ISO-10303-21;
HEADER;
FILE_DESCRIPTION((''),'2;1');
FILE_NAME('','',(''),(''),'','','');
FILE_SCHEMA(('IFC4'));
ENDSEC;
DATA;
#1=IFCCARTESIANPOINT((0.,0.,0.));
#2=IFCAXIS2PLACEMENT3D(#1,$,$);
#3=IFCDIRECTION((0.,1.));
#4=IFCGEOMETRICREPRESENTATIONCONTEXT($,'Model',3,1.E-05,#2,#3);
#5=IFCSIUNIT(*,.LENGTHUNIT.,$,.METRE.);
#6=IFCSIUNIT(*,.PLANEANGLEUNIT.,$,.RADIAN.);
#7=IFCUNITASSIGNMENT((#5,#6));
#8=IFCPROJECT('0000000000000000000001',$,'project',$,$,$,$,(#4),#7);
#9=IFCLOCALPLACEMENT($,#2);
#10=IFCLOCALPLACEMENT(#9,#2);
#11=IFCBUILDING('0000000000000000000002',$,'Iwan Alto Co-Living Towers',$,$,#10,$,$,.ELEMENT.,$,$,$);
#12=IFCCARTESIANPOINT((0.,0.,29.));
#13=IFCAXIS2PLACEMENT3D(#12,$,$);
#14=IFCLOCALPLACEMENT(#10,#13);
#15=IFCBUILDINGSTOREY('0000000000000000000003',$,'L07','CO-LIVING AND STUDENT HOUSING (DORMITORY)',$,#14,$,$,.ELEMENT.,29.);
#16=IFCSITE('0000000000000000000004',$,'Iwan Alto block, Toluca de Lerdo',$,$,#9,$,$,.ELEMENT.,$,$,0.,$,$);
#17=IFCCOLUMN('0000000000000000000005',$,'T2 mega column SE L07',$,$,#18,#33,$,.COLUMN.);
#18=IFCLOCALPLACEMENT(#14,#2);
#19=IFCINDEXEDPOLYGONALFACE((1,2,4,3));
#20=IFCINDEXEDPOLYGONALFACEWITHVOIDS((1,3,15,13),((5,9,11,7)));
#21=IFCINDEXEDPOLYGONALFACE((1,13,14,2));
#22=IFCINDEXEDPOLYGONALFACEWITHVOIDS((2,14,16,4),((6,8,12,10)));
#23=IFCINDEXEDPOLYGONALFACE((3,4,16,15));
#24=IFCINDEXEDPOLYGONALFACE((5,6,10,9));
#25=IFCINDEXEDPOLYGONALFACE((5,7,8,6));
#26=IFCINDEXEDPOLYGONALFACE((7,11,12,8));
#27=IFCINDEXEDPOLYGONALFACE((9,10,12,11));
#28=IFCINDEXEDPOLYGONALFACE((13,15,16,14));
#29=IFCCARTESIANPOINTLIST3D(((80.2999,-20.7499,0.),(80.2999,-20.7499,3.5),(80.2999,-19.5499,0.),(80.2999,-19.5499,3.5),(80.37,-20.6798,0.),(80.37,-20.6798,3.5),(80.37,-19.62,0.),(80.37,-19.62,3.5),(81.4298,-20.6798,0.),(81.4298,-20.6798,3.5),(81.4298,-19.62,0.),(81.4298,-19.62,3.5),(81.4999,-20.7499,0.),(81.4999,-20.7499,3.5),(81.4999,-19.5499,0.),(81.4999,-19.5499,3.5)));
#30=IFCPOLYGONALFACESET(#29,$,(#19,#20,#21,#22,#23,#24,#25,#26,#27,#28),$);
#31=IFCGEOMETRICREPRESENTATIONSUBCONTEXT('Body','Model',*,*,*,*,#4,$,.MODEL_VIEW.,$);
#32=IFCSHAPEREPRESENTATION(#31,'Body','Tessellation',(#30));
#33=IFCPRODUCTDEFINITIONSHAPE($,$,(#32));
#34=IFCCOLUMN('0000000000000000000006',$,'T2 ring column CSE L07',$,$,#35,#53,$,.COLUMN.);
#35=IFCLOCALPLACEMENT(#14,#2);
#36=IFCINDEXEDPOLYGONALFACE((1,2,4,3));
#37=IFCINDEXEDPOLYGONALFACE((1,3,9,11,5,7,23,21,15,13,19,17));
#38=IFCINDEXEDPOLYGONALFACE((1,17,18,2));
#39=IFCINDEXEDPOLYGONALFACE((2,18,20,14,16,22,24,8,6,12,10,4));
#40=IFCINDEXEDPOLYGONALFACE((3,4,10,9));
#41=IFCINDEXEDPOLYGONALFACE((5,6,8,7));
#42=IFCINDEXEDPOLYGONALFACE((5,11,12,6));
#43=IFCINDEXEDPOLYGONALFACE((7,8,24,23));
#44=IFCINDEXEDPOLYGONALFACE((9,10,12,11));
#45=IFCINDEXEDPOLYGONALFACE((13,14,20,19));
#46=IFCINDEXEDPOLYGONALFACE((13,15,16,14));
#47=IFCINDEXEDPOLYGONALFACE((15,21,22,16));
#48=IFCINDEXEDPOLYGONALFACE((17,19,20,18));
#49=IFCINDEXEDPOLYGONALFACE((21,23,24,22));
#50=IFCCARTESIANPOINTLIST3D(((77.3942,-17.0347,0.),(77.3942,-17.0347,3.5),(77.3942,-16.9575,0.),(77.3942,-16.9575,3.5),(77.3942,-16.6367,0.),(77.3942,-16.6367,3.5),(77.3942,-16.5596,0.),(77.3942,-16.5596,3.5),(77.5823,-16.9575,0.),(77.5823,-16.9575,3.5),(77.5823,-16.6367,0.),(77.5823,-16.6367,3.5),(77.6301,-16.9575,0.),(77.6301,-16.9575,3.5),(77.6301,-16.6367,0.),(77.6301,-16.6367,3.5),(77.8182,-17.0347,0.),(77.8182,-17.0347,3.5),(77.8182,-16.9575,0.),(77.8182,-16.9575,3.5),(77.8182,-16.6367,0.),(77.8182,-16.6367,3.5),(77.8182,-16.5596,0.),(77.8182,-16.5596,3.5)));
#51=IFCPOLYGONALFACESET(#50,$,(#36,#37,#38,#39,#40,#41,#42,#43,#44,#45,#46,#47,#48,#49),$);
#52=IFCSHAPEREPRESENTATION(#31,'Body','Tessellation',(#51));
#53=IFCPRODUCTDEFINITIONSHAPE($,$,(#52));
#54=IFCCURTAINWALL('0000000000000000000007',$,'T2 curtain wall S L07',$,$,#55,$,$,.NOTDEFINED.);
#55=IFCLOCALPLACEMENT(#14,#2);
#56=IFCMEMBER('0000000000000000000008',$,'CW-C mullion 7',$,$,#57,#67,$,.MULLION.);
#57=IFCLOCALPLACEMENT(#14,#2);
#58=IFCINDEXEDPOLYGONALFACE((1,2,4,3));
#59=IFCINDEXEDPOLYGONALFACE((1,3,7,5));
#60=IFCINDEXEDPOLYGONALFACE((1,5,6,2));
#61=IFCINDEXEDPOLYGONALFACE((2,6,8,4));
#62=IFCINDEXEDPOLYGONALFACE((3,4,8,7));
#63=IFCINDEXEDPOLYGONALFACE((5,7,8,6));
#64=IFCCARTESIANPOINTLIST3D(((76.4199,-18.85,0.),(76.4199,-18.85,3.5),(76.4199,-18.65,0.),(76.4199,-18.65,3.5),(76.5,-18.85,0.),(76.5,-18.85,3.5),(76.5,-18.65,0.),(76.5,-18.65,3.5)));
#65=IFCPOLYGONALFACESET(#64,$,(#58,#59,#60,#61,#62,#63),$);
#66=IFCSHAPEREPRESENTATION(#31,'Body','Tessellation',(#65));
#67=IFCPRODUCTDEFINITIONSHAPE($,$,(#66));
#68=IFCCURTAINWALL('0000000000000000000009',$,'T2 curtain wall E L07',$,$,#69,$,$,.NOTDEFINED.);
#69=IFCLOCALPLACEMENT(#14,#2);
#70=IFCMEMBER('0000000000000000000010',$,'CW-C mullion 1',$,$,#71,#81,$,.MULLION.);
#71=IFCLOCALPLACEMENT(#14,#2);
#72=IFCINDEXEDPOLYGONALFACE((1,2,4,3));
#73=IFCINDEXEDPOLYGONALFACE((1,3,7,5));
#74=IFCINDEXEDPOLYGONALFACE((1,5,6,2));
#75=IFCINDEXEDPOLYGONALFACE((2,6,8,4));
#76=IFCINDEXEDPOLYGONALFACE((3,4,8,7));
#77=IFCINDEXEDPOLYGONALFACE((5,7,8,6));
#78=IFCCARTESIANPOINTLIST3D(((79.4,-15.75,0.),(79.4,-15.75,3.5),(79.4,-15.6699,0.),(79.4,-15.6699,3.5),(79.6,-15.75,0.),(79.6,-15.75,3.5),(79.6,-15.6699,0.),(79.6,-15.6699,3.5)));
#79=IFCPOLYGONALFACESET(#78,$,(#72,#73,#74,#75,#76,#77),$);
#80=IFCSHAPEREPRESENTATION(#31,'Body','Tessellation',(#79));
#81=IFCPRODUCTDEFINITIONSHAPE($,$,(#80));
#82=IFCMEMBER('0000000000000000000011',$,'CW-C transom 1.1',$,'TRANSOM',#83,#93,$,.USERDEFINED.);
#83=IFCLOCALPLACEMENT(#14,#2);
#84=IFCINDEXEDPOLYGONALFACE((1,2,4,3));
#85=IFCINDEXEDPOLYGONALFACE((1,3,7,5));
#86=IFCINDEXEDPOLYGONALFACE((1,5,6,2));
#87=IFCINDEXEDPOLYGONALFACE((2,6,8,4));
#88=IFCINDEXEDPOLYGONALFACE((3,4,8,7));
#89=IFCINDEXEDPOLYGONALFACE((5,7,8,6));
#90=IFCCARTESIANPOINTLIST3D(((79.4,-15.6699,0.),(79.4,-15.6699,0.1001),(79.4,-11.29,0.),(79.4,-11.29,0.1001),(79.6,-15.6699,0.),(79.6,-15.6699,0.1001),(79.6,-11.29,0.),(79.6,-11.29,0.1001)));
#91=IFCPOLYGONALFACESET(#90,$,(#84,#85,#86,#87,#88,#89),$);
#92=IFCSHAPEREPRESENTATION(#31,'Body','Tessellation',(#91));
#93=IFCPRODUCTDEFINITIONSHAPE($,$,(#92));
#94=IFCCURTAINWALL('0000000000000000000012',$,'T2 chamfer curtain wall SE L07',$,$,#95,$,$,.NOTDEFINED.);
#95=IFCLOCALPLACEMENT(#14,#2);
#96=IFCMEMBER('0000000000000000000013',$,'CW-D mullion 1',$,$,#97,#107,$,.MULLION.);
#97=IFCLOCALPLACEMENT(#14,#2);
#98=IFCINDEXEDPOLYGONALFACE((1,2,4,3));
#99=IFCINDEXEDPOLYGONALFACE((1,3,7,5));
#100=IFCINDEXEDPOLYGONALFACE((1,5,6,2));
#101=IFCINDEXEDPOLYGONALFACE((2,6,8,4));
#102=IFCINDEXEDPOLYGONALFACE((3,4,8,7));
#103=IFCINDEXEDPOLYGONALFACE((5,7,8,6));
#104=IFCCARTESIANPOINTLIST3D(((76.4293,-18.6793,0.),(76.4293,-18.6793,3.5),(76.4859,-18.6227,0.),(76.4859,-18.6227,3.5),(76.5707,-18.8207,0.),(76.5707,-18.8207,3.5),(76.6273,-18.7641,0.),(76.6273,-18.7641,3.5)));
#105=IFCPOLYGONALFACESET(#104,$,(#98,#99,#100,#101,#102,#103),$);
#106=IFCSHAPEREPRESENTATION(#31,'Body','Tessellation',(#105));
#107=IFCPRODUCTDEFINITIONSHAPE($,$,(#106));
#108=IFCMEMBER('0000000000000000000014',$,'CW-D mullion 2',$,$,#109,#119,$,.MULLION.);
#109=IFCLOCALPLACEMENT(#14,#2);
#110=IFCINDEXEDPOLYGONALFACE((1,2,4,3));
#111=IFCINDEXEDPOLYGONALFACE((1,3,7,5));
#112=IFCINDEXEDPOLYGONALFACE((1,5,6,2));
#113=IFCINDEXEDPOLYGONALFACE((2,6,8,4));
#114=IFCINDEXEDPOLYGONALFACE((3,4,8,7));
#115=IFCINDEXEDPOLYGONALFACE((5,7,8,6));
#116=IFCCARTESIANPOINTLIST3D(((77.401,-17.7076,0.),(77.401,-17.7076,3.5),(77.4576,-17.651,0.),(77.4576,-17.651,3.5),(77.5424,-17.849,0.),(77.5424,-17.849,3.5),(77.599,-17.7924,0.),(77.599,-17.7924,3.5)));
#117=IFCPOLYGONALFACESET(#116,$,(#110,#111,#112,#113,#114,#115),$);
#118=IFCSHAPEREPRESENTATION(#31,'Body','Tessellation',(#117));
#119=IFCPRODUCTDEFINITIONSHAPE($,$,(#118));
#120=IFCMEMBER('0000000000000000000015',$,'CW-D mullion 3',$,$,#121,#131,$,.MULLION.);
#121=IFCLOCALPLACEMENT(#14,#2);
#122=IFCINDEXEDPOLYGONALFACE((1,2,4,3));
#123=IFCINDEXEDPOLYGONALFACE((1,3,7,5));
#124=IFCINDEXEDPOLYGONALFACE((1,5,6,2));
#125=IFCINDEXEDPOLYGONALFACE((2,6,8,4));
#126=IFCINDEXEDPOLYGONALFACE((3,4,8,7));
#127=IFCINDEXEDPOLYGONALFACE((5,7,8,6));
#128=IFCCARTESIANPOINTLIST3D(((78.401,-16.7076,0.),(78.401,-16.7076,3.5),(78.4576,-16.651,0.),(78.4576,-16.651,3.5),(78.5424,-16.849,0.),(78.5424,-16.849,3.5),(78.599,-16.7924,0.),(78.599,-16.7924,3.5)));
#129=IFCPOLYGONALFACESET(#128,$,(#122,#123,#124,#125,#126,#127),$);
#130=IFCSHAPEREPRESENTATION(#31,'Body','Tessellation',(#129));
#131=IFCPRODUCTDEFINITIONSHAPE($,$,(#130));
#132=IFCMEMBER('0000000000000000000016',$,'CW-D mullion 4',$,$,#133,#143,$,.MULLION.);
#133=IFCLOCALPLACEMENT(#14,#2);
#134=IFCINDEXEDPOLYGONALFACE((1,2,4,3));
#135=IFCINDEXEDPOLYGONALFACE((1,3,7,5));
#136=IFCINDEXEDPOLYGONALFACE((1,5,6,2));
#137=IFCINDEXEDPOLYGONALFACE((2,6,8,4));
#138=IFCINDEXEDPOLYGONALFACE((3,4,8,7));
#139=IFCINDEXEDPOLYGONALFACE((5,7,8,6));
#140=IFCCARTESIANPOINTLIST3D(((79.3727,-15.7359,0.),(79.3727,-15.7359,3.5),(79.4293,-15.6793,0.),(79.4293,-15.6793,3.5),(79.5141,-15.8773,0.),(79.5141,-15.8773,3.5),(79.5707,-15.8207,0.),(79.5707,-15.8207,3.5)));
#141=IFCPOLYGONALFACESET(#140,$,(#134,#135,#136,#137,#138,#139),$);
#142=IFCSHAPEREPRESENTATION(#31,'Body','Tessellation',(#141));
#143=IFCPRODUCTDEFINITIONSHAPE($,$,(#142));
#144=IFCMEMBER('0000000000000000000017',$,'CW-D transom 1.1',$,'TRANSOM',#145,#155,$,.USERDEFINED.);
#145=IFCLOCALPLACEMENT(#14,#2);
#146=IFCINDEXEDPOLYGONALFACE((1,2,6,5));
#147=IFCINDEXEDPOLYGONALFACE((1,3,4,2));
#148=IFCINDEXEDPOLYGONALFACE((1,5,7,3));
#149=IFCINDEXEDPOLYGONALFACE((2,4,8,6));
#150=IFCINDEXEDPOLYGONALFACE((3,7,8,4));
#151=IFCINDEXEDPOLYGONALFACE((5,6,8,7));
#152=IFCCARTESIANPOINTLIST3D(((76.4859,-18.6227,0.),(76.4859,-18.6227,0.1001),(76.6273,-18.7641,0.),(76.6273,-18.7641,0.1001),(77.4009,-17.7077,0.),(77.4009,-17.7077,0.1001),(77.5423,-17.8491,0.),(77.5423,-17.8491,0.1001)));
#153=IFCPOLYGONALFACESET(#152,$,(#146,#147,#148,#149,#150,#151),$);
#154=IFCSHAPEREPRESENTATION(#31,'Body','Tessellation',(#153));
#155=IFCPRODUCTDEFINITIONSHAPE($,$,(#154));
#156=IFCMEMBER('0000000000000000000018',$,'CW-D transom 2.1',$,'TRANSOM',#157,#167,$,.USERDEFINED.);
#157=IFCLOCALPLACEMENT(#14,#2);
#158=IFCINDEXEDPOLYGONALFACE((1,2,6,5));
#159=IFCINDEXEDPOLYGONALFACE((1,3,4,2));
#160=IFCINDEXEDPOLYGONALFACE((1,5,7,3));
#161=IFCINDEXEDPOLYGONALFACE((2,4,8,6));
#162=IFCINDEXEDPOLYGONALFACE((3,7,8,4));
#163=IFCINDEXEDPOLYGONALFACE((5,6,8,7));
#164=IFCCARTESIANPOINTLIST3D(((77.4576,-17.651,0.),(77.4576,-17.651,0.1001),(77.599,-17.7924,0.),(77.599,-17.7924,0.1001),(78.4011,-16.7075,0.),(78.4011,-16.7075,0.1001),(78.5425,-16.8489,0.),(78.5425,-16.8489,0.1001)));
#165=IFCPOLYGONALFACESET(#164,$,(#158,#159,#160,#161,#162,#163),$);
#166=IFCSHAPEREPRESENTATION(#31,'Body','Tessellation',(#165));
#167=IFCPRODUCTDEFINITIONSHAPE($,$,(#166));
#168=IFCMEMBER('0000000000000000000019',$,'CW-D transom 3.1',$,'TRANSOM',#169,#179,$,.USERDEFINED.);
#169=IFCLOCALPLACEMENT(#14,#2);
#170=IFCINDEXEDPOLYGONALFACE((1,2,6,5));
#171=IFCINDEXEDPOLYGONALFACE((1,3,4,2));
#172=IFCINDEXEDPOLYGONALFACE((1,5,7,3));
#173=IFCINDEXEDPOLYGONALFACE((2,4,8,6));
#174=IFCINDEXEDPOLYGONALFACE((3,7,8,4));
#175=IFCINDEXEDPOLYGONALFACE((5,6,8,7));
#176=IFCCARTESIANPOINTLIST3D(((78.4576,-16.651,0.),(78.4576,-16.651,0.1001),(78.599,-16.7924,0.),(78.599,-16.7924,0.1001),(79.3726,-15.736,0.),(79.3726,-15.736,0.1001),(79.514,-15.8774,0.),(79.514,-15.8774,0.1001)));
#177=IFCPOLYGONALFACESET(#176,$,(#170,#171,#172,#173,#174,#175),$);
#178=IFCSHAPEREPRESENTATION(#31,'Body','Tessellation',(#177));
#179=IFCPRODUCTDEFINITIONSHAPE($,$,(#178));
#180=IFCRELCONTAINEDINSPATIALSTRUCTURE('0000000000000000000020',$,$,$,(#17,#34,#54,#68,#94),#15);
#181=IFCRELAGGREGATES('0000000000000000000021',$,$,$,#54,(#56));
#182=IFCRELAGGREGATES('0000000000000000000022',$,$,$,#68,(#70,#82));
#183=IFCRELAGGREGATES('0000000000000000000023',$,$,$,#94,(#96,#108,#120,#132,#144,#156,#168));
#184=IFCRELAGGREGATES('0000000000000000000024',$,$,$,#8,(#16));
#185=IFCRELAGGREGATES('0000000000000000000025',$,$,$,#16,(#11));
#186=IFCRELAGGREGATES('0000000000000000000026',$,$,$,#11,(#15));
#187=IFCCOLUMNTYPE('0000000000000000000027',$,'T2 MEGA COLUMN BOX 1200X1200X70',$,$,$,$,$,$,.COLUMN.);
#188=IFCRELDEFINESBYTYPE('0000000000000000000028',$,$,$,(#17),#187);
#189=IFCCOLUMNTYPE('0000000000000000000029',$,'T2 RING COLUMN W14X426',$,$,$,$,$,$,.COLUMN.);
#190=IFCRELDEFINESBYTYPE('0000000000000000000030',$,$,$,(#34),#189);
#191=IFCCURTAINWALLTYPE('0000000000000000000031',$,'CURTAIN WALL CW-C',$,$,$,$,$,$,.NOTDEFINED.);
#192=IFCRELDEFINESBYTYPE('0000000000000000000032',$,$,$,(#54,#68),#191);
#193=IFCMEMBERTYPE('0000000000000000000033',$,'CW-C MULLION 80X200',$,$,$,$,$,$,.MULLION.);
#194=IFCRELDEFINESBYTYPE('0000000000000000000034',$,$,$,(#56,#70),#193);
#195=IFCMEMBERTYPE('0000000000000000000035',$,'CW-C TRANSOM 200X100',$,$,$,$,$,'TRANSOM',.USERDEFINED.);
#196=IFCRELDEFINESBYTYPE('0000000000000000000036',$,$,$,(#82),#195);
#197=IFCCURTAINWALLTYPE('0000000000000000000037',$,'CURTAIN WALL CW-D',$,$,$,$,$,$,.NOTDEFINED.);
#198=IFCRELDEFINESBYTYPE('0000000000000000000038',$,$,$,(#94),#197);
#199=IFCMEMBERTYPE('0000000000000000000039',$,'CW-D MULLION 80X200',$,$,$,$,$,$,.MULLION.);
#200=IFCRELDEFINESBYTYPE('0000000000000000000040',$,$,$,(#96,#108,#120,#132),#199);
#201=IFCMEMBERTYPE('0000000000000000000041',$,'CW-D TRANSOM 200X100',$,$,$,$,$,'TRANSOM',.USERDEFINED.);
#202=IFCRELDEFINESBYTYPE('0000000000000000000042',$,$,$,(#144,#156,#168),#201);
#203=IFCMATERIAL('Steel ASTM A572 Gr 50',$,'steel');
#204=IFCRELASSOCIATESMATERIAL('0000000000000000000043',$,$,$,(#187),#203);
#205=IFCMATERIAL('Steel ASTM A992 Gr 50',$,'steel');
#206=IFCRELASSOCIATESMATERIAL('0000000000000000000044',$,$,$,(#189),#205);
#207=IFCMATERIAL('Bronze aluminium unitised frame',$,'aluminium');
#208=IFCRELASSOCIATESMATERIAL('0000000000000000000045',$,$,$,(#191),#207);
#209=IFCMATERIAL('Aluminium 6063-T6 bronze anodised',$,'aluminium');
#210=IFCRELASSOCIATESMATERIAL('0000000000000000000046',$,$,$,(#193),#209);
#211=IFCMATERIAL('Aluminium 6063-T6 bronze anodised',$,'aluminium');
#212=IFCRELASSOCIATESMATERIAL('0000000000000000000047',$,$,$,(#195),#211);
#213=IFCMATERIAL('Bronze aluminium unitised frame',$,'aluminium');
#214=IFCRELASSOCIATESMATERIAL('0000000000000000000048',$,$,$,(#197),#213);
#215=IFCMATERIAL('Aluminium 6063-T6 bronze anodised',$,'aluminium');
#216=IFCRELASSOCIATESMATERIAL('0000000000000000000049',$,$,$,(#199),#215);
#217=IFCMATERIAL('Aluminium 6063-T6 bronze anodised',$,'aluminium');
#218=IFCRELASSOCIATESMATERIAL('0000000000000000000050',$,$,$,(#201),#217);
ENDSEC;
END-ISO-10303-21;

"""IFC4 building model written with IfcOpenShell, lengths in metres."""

from ifc_helpers import new_model, si_unit, direction, frame, origin, origin_2d, place, context, subcontext, project, spatial, rectangle, hollow_rectangle, i_section, extrude, material, material_profile, profile_set, type_object, element, aggregate, save


model = new_model("IFC4")

# Units and contexts
model_context = context("Model", 3, precision=1e-05, world=origin(), true_north=direction((0.0, 1.0)))
body_context = subcontext(model_context, "Body", "Model", "MODEL_VIEW")
ifc_project = project(units=[si_unit("LENGTHUNIT", "METRE"), si_unit("PLANEANGLEUNIT", "RADIAN")], contexts=[model_context])

# Site, building, storey
site_placement = place(None, origin())
site = spatial("IfcSite", under=ifc_project, at=site_placement, Name="Iwan Alto block, Toluca de Lerdo", CompositionType="ELEMENT", RefElevation=0.0)
building_placement = place(site_placement, origin())
building = spatial("IfcBuilding", under=site, at=building_placement, Name="Iwan Alto Co-Living Towers", CompositionType="ELEMENT")
storey_placement = place(building_placement, frame((0.0, 0.0, 29.0)))
storey = spatial("IfcBuildingStorey", under=building, at=storey_placement, Name="L07", Description="CO-LIVING AND STUDENT HOUSING (DORMITORY)", CompositionType="ELEMENT", Elevation=29.0)

# Columns
ifc_material_1 = material(Name="Steel ASTM A572 Gr 50", Category="steel")
ifc_material_profile_1 = material_profile(ifc_material_1, hollow_rectangle(XDim=1.2, YDim=1.2, WallThickness=0.0701, at=origin_2d()), Name="BOX 1200X1200X70")
ifc_profile_set_1 = profile_set([ifc_material_profile_1], Name="Steel ASTM A572 Gr 50")
column_type_1 = type_object("IfcColumnType", Name="T2 MEGA COLUMN BOX 1200X1200X70", PredefinedType="COLUMN", material=ifc_profile_set_1)
column_1_placement = place(storey_placement, frame((80.8999, -20.1499, 0.0), z_axis=(0.0, 0.0, 1.0), x_axis=(1.0, 0.0, 0.0)))
element("IfcColumn", 1, at=column_1_placement, inside=storey, type_object=column_type_1, Name="T2 mega column SE L07", PredefinedType="COLUMN", context=body_context, shape_type="SweptSolid", body=[
    extrude(hollow_rectangle(XDim=1.2, YDim=1.2, WallThickness=0.0701, at=origin_2d()), origin(), (0.0, 0.0, 1.0), 3.5),
])
ifc_material_2 = material(Name="Steel ASTM A992 Gr 50", Category="steel")
ifc_material_profile_2 = material_profile(ifc_material_2, i_section(OverallWidth=0.4241, OverallDepth=0.4751, WebThickness=0.0479, FlangeThickness=0.0771, at=origin_2d()), Name="W14X426")
ifc_profile_set_2 = profile_set([ifc_material_profile_2], Name="Steel ASTM A992 Gr 50")
column_type_2 = type_object("IfcColumnType", Name="T2 RING COLUMN W14X426", PredefinedType="COLUMN", material=ifc_profile_set_2)
column_2_placement = place(storey_placement, frame((77.6062, -16.7971, 0.0), z_axis=(0.0, 0.0, 1.0), x_axis=(1.0, 0.0, 0.0)))
element("IfcColumn", 2, at=column_2_placement, inside=storey, type_object=column_type_2, Name="T2 ring column CSE L07", PredefinedType="COLUMN", context=body_context, shape_type="SweptSolid", body=[
    extrude(i_section(OverallWidth=0.4241, OverallDepth=0.4751, WebThickness=0.0479, FlangeThickness=0.0771, at=origin_2d()), origin(), (0.0, 0.0, 1.0), 3.5),
])

# Curtain wall, member
ifc_material_3 = material(Name="Bronze aluminium unitised frame", Category="aluminium")
curtain_wall_type_1 = type_object("IfcCurtainWallType", Name="CURTAIN WALL CW-C", PredefinedType="NOTDEFINED", material=ifc_material_3)
curtain_wall_1_placement = place(storey_placement, origin())
curtain_wall_1 = element("IfcCurtainWall", 3, at=curtain_wall_1_placement, inside=storey, type_object=curtain_wall_type_1, Name="T2 curtain wall S L07", PredefinedType="NOTDEFINED")
ifc_material_4 = material(Name="Aluminium 6063-T6 bronze anodised", Category="aluminium")
ifc_material_profile_3 = material_profile(ifc_material_4, rectangle(XDim=0.2, YDim=0.0801, at=origin_2d()), Name="AL 80X200")
ifc_profile_set_3 = profile_set([ifc_material_profile_3], Name="Aluminium 6063-T6 bronze anodised")
member_type_1 = type_object("IfcMemberType", Name="CW-C MULLION 80X200", PredefinedType="MULLION", material=ifc_profile_set_3)
member_1_placement = place(storey_placement, frame((76.46, -18.75, 0.0), z_axis=(0.0, 0.0, 1.0), x_axis=(0.0, 1.0, 0.0)))
member_1 = element("IfcMember", 4, at=member_1_placement, type_object=member_type_1, Name="CW-C mullion 7", PredefinedType="MULLION", context=body_context, shape_type="SweptSolid", body=[
    extrude(rectangle(XDim=0.2, YDim=0.0801, at=origin_2d()), origin(), (0.0, 0.0, 1.0), 3.5),
])

# Curtain walls, members
curtain_wall_2_placement = place(storey_placement, origin())
curtain_wall_2 = element("IfcCurtainWall", 5, at=curtain_wall_2_placement, inside=storey, type_object=curtain_wall_type_1, Name="T2 curtain wall E L07", PredefinedType="NOTDEFINED")
member_2_placement = place(storey_placement, frame((79.5, -15.71, 0.0), z_axis=(0.0, 0.0, 1.0), x_axis=(-1.0, 0.0, 0.0)))
member_2 = element("IfcMember", 6, at=member_2_placement, type_object=member_type_1, Name="CW-C mullion 1", PredefinedType="MULLION", context=body_context, shape_type="SweptSolid", body=[
    extrude(rectangle(XDim=0.2, YDim=0.0801, at=origin_2d()), origin(), (0.0, 0.0, 1.0), 3.5),
])
ifc_material_5 = material(Name="Aluminium 6063-T6 bronze anodised", Category="aluminium")
ifc_material_profile_4 = material_profile(ifc_material_5, rectangle(XDim=0.2, YDim=0.1001, at=origin_2d()), Name="AL 200X100")
ifc_profile_set_4 = profile_set([ifc_material_profile_4], Name="Aluminium 6063-T6 bronze anodised")
member_type_2 = type_object("IfcMemberType", Name="CW-C TRANSOM 200X100", ElementType="TRANSOM", PredefinedType="USERDEFINED", material=ifc_profile_set_4)
member_3_placement = place(storey_placement, frame((79.5, -15.6699, 0.05), z_axis=(0.0, 1.0, 0.0), x_axis=(-1.0, 0.0, 0.0)))
member_3 = element("IfcMember", 7, at=member_3_placement, type_object=member_type_2, Name="CW-C transom 1.1", ObjectType="TRANSOM", PredefinedType="USERDEFINED", context=body_context, shape_type="SweptSolid", body=[
    extrude(rectangle(XDim=0.2, YDim=0.1001, at=origin_2d()), origin(), (0.0, 0.0, 1.0), 4.3799),
])
ifc_material_6 = material(Name="Bronze aluminium unitised frame", Category="aluminium")
curtain_wall_type_2 = type_object("IfcCurtainWallType", Name="CURTAIN WALL CW-D", PredefinedType="NOTDEFINED", material=ifc_material_6)
curtain_wall_3_placement = place(storey_placement, origin())
curtain_wall_3 = element("IfcCurtainWall", 8, at=curtain_wall_3_placement, inside=storey, type_object=curtain_wall_type_2, Name="T2 chamfer curtain wall SE L07", PredefinedType="NOTDEFINED")
ifc_material_7 = material(Name="Aluminium 6063-T6 bronze anodised", Category="aluminium")
ifc_material_profile_5 = material_profile(ifc_material_7, rectangle(XDim=0.2, YDim=0.0801, at=origin_2d()), Name="AL 80X200")
ifc_profile_set_5 = profile_set([ifc_material_profile_5], Name="Aluminium 6063-T6 bronze anodised")
member_type_3 = type_object("IfcMemberType", Name="CW-D MULLION 80X200", PredefinedType="MULLION", material=ifc_profile_set_5)
member_4_placement = place(storey_placement, frame((76.5283, -18.7217, 0.0), z_axis=(0.0, 0.0, 1.0), x_axis=(-0.707107, 0.707107, 0.0)))
member_4 = element("IfcMember", 9, at=member_4_placement, type_object=member_type_3, Name="CW-D mullion 1", PredefinedType="MULLION", context=body_context, shape_type="SweptSolid", body=[
    extrude(rectangle(XDim=0.2, YDim=0.0801, at=origin_2d()), origin(), (0.0, 0.0, 1.0), 3.5),
])
member_5_placement = place(storey_placement, frame((77.5, -17.75, 0.0), z_axis=(0.0, 0.0, 1.0), x_axis=(-0.707107, 0.707107, 0.0)))
member_5 = element("IfcMember", 10, at=member_5_placement, type_object=member_type_3, Name="CW-D mullion 2", PredefinedType="MULLION", context=body_context, shape_type="SweptSolid", body=[
    extrude(rectangle(XDim=0.2, YDim=0.0801, at=origin_2d()), origin(), (0.0, 0.0, 1.0), 3.5),
])
member_6_placement = place(storey_placement, frame((78.5, -16.75, 0.0), z_axis=(0.0, 0.0, 1.0), x_axis=(-0.707107, 0.707107, 0.0)))
member_6 = element("IfcMember", 11, at=member_6_placement, type_object=member_type_3, Name="CW-D mullion 3", PredefinedType="MULLION", context=body_context, shape_type="SweptSolid", body=[
    extrude(rectangle(XDim=0.2, YDim=0.0801, at=origin_2d()), origin(), (0.0, 0.0, 1.0), 3.5),
])
member_7_placement = place(storey_placement, frame((79.4717, -15.7783, 0.0), z_axis=(0.0, 0.0, 1.0), x_axis=(-0.707107, 0.707107, 0.0)))
member_7 = element("IfcMember", 12, at=member_7_placement, type_object=member_type_3, Name="CW-D mullion 4", PredefinedType="MULLION", context=body_context, shape_type="SweptSolid", body=[
    extrude(rectangle(XDim=0.2, YDim=0.0801, at=origin_2d()), origin(), (0.0, 0.0, 1.0), 3.5),
])
ifc_material_8 = material(Name="Aluminium 6063-T6 bronze anodised", Category="aluminium")
ifc_material_profile_6 = material_profile(ifc_material_8, rectangle(XDim=0.2, YDim=0.1001, at=origin_2d()), Name="AL 200X100")
ifc_profile_set_6 = profile_set([ifc_material_profile_6], Name="Aluminium 6063-T6 bronze anodised")
member_type_4 = type_object("IfcMemberType", Name="CW-D TRANSOM 200X100", ElementType="TRANSOM", PredefinedType="USERDEFINED", material=ifc_profile_set_6)
member_8_placement = place(storey_placement, frame((76.5566, -18.6934, 0.05), z_axis=(0.707107, 0.707107, 0.0), x_axis=(-0.707107, 0.707107, 0.0)))
member_8 = element("IfcMember", 13, at=member_8_placement, type_object=member_type_4, Name="CW-D transom 1.1", ObjectType="TRANSOM", PredefinedType="USERDEFINED", context=body_context, shape_type="SweptSolid", body=[
    extrude(rectangle(XDim=0.2, YDim=0.1001, at=origin_2d()), origin(), (0.0, 0.0, 1.0), 1.2939),
])
member_9_placement = place(storey_placement, frame((77.5283, -17.7217, 0.05), z_axis=(0.707107, 0.707107, 0.0), x_axis=(-0.707107, 0.707107, 0.0)))
member_9 = element("IfcMember", 14, at=member_9_placement, type_object=member_type_4, Name="CW-D transom 2.1", ObjectType="TRANSOM", PredefinedType="USERDEFINED", context=body_context, shape_type="SweptSolid", body=[
    extrude(rectangle(XDim=0.2, YDim=0.1001, at=origin_2d()), origin(), (0.0, 0.0, 1.0), 1.3342),
])
member_10_placement = place(storey_placement, frame((78.5283, -16.7217, 0.05), z_axis=(0.707107, 0.707107, 0.0), x_axis=(-0.707107, 0.707107, 0.0)))
member_10 = element("IfcMember", 15, at=member_10_placement, type_object=member_type_4, Name="CW-D transom 3.1", ObjectType="TRANSOM", PredefinedType="USERDEFINED", context=body_context, shape_type="SweptSolid", body=[
    extrude(rectangle(XDim=0.2, YDim=0.1001, at=origin_2d()), origin(), (0.0, 0.0, 1.0), 1.2939),
])

aggregate(curtain_wall_1, [member_1])
aggregate(curtain_wall_2, [member_2, member_3])
aggregate(curtain_wall_3, [member_4, member_5, member_6, member_7, member_8, member_9, member_10])

save(model, "model.ifc")
